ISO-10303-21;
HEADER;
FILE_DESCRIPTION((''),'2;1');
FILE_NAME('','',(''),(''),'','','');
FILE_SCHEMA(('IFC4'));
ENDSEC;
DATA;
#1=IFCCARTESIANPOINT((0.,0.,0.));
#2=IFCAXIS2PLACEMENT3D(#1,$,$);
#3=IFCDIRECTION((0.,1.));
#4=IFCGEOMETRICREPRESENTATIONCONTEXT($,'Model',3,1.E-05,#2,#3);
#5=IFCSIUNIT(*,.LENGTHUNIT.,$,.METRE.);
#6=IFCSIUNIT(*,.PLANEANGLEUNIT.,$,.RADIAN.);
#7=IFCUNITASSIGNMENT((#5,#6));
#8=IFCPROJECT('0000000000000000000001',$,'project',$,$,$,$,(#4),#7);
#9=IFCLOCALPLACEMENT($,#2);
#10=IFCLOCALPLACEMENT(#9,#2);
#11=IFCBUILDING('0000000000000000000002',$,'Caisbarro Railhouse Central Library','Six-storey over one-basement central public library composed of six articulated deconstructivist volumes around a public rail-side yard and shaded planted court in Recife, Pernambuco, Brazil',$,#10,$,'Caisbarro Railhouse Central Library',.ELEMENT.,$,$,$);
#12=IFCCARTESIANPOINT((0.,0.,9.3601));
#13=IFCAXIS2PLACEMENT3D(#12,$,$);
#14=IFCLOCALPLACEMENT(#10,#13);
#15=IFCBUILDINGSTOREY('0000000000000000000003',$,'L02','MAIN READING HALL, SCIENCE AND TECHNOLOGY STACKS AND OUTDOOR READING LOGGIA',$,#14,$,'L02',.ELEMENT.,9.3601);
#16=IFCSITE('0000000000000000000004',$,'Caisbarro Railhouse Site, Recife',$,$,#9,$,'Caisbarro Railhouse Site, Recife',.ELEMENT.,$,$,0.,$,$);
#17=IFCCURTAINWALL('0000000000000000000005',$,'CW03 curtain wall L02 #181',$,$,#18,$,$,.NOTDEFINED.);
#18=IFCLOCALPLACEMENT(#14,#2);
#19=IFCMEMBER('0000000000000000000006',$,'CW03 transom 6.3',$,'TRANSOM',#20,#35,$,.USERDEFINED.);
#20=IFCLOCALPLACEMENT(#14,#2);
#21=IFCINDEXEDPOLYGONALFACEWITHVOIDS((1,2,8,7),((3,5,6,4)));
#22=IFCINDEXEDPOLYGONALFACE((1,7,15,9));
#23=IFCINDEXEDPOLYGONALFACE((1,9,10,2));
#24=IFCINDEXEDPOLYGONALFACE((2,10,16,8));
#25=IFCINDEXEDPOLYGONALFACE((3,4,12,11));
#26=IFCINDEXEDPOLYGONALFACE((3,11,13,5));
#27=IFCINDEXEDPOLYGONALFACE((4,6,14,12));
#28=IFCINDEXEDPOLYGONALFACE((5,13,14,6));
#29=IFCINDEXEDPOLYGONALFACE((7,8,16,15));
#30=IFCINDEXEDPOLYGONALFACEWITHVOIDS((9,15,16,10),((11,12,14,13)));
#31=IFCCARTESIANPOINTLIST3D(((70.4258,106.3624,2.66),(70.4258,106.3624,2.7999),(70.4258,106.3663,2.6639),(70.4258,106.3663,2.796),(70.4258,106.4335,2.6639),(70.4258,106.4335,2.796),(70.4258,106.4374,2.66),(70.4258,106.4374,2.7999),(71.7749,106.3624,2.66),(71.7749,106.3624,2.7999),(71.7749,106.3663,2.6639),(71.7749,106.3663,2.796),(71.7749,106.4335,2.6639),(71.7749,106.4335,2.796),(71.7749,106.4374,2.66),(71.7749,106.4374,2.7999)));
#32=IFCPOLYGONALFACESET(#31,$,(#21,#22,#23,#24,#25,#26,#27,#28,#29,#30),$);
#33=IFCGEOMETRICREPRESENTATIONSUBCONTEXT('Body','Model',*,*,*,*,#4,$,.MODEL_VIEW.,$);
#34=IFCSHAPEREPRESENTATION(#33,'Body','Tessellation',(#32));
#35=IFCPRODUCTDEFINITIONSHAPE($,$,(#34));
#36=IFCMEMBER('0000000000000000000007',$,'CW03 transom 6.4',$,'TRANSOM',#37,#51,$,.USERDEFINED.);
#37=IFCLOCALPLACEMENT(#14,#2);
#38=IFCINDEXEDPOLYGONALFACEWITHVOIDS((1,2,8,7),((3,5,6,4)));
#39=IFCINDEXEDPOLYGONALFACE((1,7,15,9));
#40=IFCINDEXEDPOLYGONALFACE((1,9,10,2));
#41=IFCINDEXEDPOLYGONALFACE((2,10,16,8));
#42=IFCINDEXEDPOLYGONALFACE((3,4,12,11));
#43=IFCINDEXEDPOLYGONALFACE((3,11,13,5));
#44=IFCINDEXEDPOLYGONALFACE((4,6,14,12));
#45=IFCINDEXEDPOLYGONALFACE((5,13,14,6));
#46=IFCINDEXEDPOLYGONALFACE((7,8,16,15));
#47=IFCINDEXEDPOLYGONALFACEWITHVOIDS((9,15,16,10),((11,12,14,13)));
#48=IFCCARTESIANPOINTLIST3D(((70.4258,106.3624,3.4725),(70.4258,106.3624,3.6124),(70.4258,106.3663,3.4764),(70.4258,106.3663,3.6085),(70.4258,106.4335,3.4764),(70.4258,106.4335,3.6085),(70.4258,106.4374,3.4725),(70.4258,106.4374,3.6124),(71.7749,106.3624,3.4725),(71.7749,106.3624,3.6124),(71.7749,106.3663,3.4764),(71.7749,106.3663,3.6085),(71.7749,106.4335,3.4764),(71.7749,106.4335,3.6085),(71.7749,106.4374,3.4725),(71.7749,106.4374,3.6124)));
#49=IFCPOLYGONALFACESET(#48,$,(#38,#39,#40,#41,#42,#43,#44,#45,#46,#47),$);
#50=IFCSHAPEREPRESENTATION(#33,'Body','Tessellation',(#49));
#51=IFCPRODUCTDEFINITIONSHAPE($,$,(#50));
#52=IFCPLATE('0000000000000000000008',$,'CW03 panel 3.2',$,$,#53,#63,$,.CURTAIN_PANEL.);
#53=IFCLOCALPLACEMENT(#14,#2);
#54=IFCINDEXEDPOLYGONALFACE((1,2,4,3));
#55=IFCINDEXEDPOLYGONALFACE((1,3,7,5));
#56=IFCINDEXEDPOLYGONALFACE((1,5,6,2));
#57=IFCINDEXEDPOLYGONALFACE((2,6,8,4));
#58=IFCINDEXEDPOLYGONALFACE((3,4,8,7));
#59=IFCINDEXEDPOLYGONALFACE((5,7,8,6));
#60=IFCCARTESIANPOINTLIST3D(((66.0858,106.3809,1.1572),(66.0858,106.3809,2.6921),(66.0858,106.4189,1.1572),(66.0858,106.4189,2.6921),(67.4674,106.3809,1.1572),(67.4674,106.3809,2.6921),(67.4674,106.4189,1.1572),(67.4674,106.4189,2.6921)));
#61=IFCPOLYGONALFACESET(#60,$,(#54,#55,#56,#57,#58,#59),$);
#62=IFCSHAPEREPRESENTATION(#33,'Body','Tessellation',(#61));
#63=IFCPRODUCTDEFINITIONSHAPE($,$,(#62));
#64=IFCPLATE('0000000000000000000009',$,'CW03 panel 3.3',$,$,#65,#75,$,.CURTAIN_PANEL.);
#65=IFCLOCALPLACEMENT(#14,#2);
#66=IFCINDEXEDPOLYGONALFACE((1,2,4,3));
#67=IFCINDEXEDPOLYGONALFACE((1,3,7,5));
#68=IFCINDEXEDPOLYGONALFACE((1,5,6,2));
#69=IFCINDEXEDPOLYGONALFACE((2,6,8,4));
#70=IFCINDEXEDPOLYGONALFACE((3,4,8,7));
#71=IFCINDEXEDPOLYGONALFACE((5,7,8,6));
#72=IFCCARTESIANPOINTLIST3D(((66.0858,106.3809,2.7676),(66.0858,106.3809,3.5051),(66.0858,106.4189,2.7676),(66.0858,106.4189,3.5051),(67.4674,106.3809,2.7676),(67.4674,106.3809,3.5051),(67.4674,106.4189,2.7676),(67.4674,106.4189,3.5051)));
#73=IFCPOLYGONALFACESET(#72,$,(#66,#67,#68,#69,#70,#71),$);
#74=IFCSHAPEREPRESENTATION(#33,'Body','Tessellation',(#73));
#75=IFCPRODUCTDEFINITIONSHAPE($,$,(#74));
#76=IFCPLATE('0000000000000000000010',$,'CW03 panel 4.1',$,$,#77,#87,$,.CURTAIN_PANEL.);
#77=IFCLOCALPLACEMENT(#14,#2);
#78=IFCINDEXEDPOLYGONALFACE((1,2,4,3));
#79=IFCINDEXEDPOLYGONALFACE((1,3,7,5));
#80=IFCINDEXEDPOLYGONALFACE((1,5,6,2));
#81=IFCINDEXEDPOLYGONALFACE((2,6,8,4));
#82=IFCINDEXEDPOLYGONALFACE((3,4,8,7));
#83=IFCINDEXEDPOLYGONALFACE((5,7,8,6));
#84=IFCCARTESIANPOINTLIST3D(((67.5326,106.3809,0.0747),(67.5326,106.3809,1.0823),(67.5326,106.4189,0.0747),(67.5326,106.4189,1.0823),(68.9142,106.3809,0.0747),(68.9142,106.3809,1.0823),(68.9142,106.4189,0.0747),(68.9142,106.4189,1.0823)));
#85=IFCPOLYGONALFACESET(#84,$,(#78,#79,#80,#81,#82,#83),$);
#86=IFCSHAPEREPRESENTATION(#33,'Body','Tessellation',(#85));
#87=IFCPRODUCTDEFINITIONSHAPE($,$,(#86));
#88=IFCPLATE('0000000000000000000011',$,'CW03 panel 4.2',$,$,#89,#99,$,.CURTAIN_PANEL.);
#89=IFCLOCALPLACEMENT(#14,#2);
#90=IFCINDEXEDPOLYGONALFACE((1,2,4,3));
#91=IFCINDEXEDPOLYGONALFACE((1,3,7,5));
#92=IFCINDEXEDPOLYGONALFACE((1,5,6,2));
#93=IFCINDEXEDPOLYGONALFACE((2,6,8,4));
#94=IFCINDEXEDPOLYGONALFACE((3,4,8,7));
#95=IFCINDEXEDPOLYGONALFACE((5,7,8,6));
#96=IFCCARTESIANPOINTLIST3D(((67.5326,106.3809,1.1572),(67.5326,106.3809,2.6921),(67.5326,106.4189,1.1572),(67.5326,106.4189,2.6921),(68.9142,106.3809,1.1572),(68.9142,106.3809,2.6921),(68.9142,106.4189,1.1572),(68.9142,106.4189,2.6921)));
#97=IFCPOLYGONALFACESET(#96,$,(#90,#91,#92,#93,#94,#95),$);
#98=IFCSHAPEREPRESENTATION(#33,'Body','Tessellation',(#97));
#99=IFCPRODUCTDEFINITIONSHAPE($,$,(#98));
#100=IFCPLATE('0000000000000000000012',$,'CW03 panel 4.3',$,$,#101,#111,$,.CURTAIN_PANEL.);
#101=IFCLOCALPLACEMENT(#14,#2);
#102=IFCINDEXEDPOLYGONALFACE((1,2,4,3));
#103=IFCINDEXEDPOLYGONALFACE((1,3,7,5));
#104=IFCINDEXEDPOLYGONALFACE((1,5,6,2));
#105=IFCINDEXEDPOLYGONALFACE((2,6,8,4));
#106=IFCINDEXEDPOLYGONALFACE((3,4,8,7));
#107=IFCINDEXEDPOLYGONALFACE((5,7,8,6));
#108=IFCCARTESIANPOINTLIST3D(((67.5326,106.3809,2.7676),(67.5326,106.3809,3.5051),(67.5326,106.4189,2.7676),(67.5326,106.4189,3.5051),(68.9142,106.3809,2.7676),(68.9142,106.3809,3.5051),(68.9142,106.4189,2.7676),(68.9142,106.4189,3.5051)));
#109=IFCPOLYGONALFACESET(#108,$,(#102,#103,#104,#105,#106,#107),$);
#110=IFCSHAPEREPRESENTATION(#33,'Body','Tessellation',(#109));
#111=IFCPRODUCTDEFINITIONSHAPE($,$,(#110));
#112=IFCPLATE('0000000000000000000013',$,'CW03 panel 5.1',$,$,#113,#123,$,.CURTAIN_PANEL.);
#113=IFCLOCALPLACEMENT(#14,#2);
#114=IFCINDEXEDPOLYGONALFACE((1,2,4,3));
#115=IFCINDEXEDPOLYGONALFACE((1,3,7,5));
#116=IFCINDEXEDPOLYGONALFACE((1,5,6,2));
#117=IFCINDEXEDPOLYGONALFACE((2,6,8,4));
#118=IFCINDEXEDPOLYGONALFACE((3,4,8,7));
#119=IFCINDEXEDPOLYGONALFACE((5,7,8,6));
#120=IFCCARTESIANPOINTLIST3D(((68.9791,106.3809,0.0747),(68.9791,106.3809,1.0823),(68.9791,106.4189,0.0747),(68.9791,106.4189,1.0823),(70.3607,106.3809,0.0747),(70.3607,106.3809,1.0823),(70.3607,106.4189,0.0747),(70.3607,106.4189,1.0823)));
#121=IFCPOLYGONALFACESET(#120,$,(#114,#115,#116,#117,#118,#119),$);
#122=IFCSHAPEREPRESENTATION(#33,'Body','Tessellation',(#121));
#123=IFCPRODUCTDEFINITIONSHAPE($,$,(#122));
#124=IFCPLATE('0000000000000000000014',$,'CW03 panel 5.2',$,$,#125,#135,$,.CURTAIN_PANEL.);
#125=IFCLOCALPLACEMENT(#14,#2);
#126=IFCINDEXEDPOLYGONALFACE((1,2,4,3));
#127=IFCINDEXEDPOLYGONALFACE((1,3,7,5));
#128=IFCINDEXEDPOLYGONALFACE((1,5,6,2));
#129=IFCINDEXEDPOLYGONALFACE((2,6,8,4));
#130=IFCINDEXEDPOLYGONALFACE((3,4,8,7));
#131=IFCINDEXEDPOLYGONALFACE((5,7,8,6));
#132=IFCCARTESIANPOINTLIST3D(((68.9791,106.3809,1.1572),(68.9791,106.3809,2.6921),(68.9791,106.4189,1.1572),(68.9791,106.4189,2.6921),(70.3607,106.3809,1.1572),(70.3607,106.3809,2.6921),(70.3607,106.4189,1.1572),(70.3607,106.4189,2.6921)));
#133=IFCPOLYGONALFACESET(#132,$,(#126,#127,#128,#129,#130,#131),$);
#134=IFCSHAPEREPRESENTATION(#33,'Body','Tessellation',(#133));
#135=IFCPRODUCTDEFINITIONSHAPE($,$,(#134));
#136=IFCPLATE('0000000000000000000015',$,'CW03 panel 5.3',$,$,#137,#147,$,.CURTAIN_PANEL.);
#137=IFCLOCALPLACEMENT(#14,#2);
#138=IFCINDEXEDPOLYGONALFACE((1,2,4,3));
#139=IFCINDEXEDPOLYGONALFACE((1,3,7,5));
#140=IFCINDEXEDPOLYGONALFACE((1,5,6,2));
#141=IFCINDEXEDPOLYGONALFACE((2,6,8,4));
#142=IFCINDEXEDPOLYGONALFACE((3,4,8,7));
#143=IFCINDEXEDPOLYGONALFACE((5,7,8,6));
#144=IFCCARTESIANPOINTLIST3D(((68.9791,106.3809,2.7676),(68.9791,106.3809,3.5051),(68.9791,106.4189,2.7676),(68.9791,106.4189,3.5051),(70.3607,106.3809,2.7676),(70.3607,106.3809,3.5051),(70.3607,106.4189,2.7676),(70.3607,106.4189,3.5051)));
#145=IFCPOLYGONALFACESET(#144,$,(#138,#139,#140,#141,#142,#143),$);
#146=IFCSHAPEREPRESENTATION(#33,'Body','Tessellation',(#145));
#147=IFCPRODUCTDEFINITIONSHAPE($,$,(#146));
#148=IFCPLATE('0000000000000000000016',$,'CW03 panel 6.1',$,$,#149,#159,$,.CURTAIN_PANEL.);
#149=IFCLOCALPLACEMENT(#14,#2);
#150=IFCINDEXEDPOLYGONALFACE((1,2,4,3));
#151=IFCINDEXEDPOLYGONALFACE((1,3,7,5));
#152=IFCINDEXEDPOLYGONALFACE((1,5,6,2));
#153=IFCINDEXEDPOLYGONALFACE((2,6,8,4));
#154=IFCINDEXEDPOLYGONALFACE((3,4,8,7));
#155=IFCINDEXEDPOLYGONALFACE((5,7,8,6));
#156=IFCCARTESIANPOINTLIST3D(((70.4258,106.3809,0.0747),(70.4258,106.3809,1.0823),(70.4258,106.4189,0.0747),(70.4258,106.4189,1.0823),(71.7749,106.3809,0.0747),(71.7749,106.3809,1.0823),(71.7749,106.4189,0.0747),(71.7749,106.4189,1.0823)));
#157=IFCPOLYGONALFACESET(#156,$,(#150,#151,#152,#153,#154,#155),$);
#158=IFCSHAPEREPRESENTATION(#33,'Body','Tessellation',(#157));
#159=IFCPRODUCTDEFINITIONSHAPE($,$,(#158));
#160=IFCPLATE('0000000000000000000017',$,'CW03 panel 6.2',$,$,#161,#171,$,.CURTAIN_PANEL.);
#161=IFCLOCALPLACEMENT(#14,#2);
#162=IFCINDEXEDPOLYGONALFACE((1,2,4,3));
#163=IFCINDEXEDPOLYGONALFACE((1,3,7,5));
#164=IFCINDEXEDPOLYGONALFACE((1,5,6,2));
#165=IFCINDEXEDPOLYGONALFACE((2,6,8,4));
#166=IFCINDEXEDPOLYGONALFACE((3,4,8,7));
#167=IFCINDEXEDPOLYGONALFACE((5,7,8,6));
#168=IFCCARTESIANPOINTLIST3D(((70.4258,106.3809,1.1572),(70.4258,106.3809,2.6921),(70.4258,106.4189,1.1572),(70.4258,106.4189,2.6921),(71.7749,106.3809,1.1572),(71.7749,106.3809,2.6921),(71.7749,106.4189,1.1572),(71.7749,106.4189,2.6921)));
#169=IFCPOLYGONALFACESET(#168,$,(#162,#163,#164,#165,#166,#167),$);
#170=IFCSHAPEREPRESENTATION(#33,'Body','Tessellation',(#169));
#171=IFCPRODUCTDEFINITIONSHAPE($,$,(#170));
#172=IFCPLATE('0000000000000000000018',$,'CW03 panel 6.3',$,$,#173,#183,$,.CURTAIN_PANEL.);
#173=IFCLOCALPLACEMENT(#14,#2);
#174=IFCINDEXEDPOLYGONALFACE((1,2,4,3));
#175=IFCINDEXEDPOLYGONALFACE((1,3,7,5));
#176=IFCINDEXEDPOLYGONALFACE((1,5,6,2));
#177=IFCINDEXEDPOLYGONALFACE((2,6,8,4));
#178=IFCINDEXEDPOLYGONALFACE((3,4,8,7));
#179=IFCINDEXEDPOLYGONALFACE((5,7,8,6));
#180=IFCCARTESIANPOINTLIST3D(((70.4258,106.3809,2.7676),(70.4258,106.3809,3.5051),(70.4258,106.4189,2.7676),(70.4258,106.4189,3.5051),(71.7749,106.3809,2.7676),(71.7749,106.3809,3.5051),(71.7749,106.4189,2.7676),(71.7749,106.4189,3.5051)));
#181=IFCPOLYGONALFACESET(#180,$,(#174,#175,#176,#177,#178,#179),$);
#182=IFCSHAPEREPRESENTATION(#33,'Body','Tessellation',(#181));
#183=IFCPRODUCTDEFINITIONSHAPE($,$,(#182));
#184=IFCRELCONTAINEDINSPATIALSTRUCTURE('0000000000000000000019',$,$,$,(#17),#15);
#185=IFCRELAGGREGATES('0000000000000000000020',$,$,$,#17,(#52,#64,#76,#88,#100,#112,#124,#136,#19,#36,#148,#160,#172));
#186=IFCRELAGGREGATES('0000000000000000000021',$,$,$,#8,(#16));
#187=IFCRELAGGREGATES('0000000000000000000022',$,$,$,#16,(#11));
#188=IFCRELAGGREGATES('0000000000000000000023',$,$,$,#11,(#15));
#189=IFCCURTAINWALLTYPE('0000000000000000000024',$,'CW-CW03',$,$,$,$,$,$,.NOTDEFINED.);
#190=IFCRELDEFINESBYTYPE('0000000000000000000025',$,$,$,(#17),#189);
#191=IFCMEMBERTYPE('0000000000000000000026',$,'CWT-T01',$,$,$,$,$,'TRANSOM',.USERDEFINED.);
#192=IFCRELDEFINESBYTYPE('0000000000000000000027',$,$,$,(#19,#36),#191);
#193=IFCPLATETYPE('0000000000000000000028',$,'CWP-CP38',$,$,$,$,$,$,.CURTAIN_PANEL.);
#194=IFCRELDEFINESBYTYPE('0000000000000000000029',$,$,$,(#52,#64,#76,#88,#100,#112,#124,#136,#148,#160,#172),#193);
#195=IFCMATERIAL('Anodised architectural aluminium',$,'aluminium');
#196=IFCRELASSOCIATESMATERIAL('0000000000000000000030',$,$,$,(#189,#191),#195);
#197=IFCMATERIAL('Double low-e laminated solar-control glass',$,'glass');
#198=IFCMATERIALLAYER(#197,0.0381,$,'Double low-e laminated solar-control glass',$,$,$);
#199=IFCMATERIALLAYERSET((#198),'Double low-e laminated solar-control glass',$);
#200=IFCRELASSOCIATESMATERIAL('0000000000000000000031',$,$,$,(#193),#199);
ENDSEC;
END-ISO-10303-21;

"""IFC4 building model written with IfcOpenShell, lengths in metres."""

from ifc_helpers import new_model, si_unit, direction, frame, origin, origin_2d, place, context, subcontext, project, spatial, rectangle, hollow_rectangle, extrude, material, layer, layer_set, material_profile, profile_set, type_object, element, aggregate, save


model = new_model("IFC4")

# Units and contexts
model_context = context("Model", 3, precision=1e-05, world=origin(), true_north=direction((0.0, 1.0)))
body_context = subcontext(model_context, "Body", "Model", "MODEL_VIEW")
ifc_project = project(units=[si_unit("LENGTHUNIT", "METRE"), si_unit("PLANEANGLEUNIT", "RADIAN")], contexts=[model_context])

# Site, building, storey
site_placement = place(None, origin())
site = spatial("IfcSite", under=ifc_project, at=site_placement, Name="Caisbarro Railhouse Site, Recife", LongName="Caisbarro Railhouse Site, Recife", CompositionType="ELEMENT", RefElevation=0.0)
building_placement = place(site_placement, origin())
building = spatial("IfcBuilding", under=site, at=building_placement, Name="Caisbarro Railhouse Central Library", Description="Six-storey over one-basement central public library composed of six articulated deconstructivist volumes around a public rail-side yard and shaded planted court in Recife, Pernambuco, Brazil", LongName="Caisbarro Railhouse Central Library", CompositionType="ELEMENT")
storey_placement = place(building_placement, frame((0.0, 0.0, 9.3601)))
storey = spatial("IfcBuildingStorey", under=building, at=storey_placement, Name="L02", Description="MAIN READING HALL, SCIENCE AND TECHNOLOGY STACKS AND OUTDOOR READING LOGGIA", LongName="L02", CompositionType="ELEMENT", Elevation=9.3601)

# Curtain wall
ifc_material_1 = material(Name="Anodised architectural aluminium", Category="aluminium")
curtain_wall_type = type_object("IfcCurtainWallType", Name="CW-CW03", PredefinedType="NOTDEFINED", material=ifc_material_1)
curtain_wall_1_placement = place(storey_placement, origin())
curtain_wall_1 = element("IfcCurtainWall", 1, at=curtain_wall_1_placement, inside=storey, type_object=curtain_wall_type, Name="CW03 curtain wall L02 #181", PredefinedType="NOTDEFINED")

# Members
ifc_material_profile_1 = material_profile(ifc_material_1, hollow_rectangle(XDim=0.075, YDim=0.1399, WallThickness=0.0039, at=origin_2d()), Name="ALU-TRN-75X140")
ifc_profile_set_1 = profile_set([ifc_material_profile_1], Name="Anodised architectural aluminium")
member_type_1 = type_object("IfcMemberType", Name="CWT-T01", ElementType="TRANSOM", PredefinedType="USERDEFINED", material=ifc_profile_set_1)
member_1_placement = place(storey_placement, frame((70.4258, 106.3999, 2.73), z_axis=(1.0, 0.0, 0.0), x_axis=(0.0, 1.0, 0.0)))
member_1 = element("IfcMember", 2, at=member_1_placement, type_object=member_type_1, Name="CW03 transom 6.3", ObjectType="TRANSOM", PredefinedType="USERDEFINED", context=body_context, shape_type="SweptSolid", body=[
    extrude(hollow_rectangle(XDim=0.075, YDim=0.1399, WallThickness=0.0039, at=origin_2d()), origin(), (0.0, 0.0, 1.0), 1.3491),
])
member_2_placement = place(storey_placement, frame((70.4258, 106.3999, 3.5425), z_axis=(1.0, 0.0, 0.0), x_axis=(0.0, 1.0, 0.0)))
member_2 = element("IfcMember", 3, at=member_2_placement, type_object=member_type_1, Name="CW03 transom 6.4", ObjectType="TRANSOM", PredefinedType="USERDEFINED", context=body_context, shape_type="SweptSolid", body=[
    extrude(hollow_rectangle(XDim=0.075, YDim=0.1399, WallThickness=0.0039, at=origin_2d()), origin(), (0.0, 0.0, 1.0), 1.3491),
])

# Plates
ifc_material_2 = material(Name="Double low-e laminated solar-control glass", Category="glass")
ifc_layer = layer(ifc_material_2, 0.0381, Name="Double low-e laminated solar-control glass")
ifc_layer_set = layer_set([ifc_layer], Name="Double low-e laminated solar-control glass")
plate_type = type_object("IfcPlateType", Name="CWP-CP38", PredefinedType="CURTAIN_PANEL", material=ifc_layer_set)
plate_1_placement = place(storey_placement, frame((66.7766, 106.3999, 1.1572), z_axis=(0.0, 0.0, 1.0), x_axis=(1.0, 0.0, 0.0)))
plate_1 = element("IfcPlate", 4, at=plate_1_placement, type_object=plate_type, Name="CW03 panel 3.2", PredefinedType="CURTAIN_PANEL", context=body_context, shape_type="SweptSolid", body=[
    extrude(rectangle(XDim=1.3816, YDim=0.0381, at=origin_2d()), origin(), (0.0, 0.0, 1.0), 1.5349),
])
plate_2_placement = place(storey_placement, frame((66.7766, 106.3999, 2.7676), z_axis=(0.0, 0.0, 1.0), x_axis=(1.0, 0.0, 0.0)))
plate_2 = element("IfcPlate", 5, at=plate_2_placement, type_object=plate_type, Name="CW03 panel 3.3", PredefinedType="CURTAIN_PANEL", context=body_context, shape_type="SweptSolid", body=[
    extrude(rectangle(XDim=1.3816, YDim=0.0381, at=origin_2d()), origin(), (0.0, 0.0, 1.0), 0.7375),
])
plate_3_placement = place(storey_placement, frame((68.2234, 106.3999, 0.0747), z_axis=(0.0, 0.0, 1.0), x_axis=(1.0, 0.0, 0.0)))
plate_3 = element("IfcPlate", 6, at=plate_3_placement, type_object=plate_type, Name="CW03 panel 4.1", PredefinedType="CURTAIN_PANEL", context=body_context, shape_type="SweptSolid", body=[
    extrude(rectangle(XDim=1.3816, YDim=0.0381, at=origin_2d()), origin(), (0.0, 0.0, 1.0), 1.0076),
])
plate_4_placement = place(storey_placement, frame((68.2234, 106.3999, 1.1572), z_axis=(0.0, 0.0, 1.0), x_axis=(1.0, 0.0, 0.0)))
plate_4 = element("IfcPlate", 7, at=plate_4_placement, type_object=plate_type, Name="CW03 panel 4.2", PredefinedType="CURTAIN_PANEL", context=body_context, shape_type="SweptSolid", body=[
    extrude(rectangle(XDim=1.3816, YDim=0.0381, at=origin_2d()), origin(), (0.0, 0.0, 1.0), 1.5349),
])
plate_5_placement = place(storey_placement, frame((68.2234, 106.3999, 2.7676), z_axis=(0.0, 0.0, 1.0), x_axis=(1.0, 0.0, 0.0)))
plate_5 = element("IfcPlate", 8, at=plate_5_placement, type_object=plate_type, Name="CW03 panel 4.3", PredefinedType="CURTAIN_PANEL", context=body_context, shape_type="SweptSolid", body=[
    extrude(rectangle(XDim=1.3816, YDim=0.0381, at=origin_2d()), origin(), (0.0, 0.0, 1.0), 0.7375),
])
plate_6_placement = place(storey_placement, frame((69.6699, 106.3999, 0.0747), z_axis=(0.0, 0.0, 1.0), x_axis=(1.0, 0.0, 0.0)))
plate_6 = element("IfcPlate", 9, at=plate_6_placement, type_object=plate_type, Name="CW03 panel 5.1", PredefinedType="CURTAIN_PANEL", context=body_context, shape_type="SweptSolid", body=[
    extrude(rectangle(XDim=1.3816, YDim=0.0381, at=origin_2d()), origin(), (0.0, 0.0, 1.0), 1.0076),
])
plate_7_placement = place(storey_placement, frame((69.6699, 106.3999, 1.1572), z_axis=(0.0, 0.0, 1.0), x_axis=(1.0, 0.0, 0.0)))
plate_7 = element("IfcPlate", 10, at=plate_7_placement, type_object=plate_type, Name="CW03 panel 5.2", PredefinedType="CURTAIN_PANEL", context=body_context, shape_type="SweptSolid", body=[
    extrude(rectangle(XDim=1.3816, YDim=0.0381, at=origin_2d()), origin(), (0.0, 0.0, 1.0), 1.5349),
])
plate_8_placement = place(storey_placement, frame((69.6699, 106.3999, 2.7676), z_axis=(0.0, 0.0, 1.0), x_axis=(1.0, 0.0, 0.0)))
plate_8 = element("IfcPlate", 11, at=plate_8_placement, type_object=plate_type, Name="CW03 panel 5.3", PredefinedType="CURTAIN_PANEL", context=body_context, shape_type="SweptSolid", body=[
    extrude(rectangle(XDim=1.3816, YDim=0.0381, at=origin_2d()), origin(), (0.0, 0.0, 1.0), 0.7375),
])
plate_9_placement = place(storey_placement, frame((71.1003, 106.3999, 0.0747), z_axis=(0.0, 0.0, 1.0), x_axis=(1.0, 0.0, 0.0)))
plate_9 = element("IfcPlate", 12, at=plate_9_placement, type_object=plate_type, Name="CW03 panel 6.1", PredefinedType="CURTAIN_PANEL", context=body_context, shape_type="SweptSolid", body=[
    extrude(rectangle(XDim=1.3491, YDim=0.0381, at=origin_2d()), origin(), (0.0, 0.0, 1.0), 1.0076),
])
plate_10_placement = place(storey_placement, frame((71.1003, 106.3999, 1.1572), z_axis=(0.0, 0.0, 1.0), x_axis=(1.0, 0.0, 0.0)))
plate_10 = element("IfcPlate", 13, at=plate_10_placement, type_object=plate_type, Name="CW03 panel 6.2", PredefinedType="CURTAIN_PANEL", context=body_context, shape_type="SweptSolid", body=[
    extrude(rectangle(XDim=1.3491, YDim=0.0381, at=origin_2d()), origin(), (0.0, 0.0, 1.0), 1.5349),
])
plate_11_placement = place(storey_placement, frame((71.1003, 106.3999, 2.7676), z_axis=(0.0, 0.0, 1.0), x_axis=(1.0, 0.0, 0.0)))
plate_11 = element("IfcPlate", 14, at=plate_11_placement, type_object=plate_type, Name="CW03 panel 6.3", PredefinedType="CURTAIN_PANEL", context=body_context, shape_type="SweptSolid", body=[
    extrude(rectangle(XDim=1.3491, YDim=0.0381, at=origin_2d()), origin(), (0.0, 0.0, 1.0), 0.7375),
])
aggregate(curtain_wall_1, [plate_1, plate_2, plate_3, plate_4, plate_5, plate_6, plate_7, plate_8, member_1, member_2, plate_9, plate_10, plate_11])

save(model, "model.ifc")
